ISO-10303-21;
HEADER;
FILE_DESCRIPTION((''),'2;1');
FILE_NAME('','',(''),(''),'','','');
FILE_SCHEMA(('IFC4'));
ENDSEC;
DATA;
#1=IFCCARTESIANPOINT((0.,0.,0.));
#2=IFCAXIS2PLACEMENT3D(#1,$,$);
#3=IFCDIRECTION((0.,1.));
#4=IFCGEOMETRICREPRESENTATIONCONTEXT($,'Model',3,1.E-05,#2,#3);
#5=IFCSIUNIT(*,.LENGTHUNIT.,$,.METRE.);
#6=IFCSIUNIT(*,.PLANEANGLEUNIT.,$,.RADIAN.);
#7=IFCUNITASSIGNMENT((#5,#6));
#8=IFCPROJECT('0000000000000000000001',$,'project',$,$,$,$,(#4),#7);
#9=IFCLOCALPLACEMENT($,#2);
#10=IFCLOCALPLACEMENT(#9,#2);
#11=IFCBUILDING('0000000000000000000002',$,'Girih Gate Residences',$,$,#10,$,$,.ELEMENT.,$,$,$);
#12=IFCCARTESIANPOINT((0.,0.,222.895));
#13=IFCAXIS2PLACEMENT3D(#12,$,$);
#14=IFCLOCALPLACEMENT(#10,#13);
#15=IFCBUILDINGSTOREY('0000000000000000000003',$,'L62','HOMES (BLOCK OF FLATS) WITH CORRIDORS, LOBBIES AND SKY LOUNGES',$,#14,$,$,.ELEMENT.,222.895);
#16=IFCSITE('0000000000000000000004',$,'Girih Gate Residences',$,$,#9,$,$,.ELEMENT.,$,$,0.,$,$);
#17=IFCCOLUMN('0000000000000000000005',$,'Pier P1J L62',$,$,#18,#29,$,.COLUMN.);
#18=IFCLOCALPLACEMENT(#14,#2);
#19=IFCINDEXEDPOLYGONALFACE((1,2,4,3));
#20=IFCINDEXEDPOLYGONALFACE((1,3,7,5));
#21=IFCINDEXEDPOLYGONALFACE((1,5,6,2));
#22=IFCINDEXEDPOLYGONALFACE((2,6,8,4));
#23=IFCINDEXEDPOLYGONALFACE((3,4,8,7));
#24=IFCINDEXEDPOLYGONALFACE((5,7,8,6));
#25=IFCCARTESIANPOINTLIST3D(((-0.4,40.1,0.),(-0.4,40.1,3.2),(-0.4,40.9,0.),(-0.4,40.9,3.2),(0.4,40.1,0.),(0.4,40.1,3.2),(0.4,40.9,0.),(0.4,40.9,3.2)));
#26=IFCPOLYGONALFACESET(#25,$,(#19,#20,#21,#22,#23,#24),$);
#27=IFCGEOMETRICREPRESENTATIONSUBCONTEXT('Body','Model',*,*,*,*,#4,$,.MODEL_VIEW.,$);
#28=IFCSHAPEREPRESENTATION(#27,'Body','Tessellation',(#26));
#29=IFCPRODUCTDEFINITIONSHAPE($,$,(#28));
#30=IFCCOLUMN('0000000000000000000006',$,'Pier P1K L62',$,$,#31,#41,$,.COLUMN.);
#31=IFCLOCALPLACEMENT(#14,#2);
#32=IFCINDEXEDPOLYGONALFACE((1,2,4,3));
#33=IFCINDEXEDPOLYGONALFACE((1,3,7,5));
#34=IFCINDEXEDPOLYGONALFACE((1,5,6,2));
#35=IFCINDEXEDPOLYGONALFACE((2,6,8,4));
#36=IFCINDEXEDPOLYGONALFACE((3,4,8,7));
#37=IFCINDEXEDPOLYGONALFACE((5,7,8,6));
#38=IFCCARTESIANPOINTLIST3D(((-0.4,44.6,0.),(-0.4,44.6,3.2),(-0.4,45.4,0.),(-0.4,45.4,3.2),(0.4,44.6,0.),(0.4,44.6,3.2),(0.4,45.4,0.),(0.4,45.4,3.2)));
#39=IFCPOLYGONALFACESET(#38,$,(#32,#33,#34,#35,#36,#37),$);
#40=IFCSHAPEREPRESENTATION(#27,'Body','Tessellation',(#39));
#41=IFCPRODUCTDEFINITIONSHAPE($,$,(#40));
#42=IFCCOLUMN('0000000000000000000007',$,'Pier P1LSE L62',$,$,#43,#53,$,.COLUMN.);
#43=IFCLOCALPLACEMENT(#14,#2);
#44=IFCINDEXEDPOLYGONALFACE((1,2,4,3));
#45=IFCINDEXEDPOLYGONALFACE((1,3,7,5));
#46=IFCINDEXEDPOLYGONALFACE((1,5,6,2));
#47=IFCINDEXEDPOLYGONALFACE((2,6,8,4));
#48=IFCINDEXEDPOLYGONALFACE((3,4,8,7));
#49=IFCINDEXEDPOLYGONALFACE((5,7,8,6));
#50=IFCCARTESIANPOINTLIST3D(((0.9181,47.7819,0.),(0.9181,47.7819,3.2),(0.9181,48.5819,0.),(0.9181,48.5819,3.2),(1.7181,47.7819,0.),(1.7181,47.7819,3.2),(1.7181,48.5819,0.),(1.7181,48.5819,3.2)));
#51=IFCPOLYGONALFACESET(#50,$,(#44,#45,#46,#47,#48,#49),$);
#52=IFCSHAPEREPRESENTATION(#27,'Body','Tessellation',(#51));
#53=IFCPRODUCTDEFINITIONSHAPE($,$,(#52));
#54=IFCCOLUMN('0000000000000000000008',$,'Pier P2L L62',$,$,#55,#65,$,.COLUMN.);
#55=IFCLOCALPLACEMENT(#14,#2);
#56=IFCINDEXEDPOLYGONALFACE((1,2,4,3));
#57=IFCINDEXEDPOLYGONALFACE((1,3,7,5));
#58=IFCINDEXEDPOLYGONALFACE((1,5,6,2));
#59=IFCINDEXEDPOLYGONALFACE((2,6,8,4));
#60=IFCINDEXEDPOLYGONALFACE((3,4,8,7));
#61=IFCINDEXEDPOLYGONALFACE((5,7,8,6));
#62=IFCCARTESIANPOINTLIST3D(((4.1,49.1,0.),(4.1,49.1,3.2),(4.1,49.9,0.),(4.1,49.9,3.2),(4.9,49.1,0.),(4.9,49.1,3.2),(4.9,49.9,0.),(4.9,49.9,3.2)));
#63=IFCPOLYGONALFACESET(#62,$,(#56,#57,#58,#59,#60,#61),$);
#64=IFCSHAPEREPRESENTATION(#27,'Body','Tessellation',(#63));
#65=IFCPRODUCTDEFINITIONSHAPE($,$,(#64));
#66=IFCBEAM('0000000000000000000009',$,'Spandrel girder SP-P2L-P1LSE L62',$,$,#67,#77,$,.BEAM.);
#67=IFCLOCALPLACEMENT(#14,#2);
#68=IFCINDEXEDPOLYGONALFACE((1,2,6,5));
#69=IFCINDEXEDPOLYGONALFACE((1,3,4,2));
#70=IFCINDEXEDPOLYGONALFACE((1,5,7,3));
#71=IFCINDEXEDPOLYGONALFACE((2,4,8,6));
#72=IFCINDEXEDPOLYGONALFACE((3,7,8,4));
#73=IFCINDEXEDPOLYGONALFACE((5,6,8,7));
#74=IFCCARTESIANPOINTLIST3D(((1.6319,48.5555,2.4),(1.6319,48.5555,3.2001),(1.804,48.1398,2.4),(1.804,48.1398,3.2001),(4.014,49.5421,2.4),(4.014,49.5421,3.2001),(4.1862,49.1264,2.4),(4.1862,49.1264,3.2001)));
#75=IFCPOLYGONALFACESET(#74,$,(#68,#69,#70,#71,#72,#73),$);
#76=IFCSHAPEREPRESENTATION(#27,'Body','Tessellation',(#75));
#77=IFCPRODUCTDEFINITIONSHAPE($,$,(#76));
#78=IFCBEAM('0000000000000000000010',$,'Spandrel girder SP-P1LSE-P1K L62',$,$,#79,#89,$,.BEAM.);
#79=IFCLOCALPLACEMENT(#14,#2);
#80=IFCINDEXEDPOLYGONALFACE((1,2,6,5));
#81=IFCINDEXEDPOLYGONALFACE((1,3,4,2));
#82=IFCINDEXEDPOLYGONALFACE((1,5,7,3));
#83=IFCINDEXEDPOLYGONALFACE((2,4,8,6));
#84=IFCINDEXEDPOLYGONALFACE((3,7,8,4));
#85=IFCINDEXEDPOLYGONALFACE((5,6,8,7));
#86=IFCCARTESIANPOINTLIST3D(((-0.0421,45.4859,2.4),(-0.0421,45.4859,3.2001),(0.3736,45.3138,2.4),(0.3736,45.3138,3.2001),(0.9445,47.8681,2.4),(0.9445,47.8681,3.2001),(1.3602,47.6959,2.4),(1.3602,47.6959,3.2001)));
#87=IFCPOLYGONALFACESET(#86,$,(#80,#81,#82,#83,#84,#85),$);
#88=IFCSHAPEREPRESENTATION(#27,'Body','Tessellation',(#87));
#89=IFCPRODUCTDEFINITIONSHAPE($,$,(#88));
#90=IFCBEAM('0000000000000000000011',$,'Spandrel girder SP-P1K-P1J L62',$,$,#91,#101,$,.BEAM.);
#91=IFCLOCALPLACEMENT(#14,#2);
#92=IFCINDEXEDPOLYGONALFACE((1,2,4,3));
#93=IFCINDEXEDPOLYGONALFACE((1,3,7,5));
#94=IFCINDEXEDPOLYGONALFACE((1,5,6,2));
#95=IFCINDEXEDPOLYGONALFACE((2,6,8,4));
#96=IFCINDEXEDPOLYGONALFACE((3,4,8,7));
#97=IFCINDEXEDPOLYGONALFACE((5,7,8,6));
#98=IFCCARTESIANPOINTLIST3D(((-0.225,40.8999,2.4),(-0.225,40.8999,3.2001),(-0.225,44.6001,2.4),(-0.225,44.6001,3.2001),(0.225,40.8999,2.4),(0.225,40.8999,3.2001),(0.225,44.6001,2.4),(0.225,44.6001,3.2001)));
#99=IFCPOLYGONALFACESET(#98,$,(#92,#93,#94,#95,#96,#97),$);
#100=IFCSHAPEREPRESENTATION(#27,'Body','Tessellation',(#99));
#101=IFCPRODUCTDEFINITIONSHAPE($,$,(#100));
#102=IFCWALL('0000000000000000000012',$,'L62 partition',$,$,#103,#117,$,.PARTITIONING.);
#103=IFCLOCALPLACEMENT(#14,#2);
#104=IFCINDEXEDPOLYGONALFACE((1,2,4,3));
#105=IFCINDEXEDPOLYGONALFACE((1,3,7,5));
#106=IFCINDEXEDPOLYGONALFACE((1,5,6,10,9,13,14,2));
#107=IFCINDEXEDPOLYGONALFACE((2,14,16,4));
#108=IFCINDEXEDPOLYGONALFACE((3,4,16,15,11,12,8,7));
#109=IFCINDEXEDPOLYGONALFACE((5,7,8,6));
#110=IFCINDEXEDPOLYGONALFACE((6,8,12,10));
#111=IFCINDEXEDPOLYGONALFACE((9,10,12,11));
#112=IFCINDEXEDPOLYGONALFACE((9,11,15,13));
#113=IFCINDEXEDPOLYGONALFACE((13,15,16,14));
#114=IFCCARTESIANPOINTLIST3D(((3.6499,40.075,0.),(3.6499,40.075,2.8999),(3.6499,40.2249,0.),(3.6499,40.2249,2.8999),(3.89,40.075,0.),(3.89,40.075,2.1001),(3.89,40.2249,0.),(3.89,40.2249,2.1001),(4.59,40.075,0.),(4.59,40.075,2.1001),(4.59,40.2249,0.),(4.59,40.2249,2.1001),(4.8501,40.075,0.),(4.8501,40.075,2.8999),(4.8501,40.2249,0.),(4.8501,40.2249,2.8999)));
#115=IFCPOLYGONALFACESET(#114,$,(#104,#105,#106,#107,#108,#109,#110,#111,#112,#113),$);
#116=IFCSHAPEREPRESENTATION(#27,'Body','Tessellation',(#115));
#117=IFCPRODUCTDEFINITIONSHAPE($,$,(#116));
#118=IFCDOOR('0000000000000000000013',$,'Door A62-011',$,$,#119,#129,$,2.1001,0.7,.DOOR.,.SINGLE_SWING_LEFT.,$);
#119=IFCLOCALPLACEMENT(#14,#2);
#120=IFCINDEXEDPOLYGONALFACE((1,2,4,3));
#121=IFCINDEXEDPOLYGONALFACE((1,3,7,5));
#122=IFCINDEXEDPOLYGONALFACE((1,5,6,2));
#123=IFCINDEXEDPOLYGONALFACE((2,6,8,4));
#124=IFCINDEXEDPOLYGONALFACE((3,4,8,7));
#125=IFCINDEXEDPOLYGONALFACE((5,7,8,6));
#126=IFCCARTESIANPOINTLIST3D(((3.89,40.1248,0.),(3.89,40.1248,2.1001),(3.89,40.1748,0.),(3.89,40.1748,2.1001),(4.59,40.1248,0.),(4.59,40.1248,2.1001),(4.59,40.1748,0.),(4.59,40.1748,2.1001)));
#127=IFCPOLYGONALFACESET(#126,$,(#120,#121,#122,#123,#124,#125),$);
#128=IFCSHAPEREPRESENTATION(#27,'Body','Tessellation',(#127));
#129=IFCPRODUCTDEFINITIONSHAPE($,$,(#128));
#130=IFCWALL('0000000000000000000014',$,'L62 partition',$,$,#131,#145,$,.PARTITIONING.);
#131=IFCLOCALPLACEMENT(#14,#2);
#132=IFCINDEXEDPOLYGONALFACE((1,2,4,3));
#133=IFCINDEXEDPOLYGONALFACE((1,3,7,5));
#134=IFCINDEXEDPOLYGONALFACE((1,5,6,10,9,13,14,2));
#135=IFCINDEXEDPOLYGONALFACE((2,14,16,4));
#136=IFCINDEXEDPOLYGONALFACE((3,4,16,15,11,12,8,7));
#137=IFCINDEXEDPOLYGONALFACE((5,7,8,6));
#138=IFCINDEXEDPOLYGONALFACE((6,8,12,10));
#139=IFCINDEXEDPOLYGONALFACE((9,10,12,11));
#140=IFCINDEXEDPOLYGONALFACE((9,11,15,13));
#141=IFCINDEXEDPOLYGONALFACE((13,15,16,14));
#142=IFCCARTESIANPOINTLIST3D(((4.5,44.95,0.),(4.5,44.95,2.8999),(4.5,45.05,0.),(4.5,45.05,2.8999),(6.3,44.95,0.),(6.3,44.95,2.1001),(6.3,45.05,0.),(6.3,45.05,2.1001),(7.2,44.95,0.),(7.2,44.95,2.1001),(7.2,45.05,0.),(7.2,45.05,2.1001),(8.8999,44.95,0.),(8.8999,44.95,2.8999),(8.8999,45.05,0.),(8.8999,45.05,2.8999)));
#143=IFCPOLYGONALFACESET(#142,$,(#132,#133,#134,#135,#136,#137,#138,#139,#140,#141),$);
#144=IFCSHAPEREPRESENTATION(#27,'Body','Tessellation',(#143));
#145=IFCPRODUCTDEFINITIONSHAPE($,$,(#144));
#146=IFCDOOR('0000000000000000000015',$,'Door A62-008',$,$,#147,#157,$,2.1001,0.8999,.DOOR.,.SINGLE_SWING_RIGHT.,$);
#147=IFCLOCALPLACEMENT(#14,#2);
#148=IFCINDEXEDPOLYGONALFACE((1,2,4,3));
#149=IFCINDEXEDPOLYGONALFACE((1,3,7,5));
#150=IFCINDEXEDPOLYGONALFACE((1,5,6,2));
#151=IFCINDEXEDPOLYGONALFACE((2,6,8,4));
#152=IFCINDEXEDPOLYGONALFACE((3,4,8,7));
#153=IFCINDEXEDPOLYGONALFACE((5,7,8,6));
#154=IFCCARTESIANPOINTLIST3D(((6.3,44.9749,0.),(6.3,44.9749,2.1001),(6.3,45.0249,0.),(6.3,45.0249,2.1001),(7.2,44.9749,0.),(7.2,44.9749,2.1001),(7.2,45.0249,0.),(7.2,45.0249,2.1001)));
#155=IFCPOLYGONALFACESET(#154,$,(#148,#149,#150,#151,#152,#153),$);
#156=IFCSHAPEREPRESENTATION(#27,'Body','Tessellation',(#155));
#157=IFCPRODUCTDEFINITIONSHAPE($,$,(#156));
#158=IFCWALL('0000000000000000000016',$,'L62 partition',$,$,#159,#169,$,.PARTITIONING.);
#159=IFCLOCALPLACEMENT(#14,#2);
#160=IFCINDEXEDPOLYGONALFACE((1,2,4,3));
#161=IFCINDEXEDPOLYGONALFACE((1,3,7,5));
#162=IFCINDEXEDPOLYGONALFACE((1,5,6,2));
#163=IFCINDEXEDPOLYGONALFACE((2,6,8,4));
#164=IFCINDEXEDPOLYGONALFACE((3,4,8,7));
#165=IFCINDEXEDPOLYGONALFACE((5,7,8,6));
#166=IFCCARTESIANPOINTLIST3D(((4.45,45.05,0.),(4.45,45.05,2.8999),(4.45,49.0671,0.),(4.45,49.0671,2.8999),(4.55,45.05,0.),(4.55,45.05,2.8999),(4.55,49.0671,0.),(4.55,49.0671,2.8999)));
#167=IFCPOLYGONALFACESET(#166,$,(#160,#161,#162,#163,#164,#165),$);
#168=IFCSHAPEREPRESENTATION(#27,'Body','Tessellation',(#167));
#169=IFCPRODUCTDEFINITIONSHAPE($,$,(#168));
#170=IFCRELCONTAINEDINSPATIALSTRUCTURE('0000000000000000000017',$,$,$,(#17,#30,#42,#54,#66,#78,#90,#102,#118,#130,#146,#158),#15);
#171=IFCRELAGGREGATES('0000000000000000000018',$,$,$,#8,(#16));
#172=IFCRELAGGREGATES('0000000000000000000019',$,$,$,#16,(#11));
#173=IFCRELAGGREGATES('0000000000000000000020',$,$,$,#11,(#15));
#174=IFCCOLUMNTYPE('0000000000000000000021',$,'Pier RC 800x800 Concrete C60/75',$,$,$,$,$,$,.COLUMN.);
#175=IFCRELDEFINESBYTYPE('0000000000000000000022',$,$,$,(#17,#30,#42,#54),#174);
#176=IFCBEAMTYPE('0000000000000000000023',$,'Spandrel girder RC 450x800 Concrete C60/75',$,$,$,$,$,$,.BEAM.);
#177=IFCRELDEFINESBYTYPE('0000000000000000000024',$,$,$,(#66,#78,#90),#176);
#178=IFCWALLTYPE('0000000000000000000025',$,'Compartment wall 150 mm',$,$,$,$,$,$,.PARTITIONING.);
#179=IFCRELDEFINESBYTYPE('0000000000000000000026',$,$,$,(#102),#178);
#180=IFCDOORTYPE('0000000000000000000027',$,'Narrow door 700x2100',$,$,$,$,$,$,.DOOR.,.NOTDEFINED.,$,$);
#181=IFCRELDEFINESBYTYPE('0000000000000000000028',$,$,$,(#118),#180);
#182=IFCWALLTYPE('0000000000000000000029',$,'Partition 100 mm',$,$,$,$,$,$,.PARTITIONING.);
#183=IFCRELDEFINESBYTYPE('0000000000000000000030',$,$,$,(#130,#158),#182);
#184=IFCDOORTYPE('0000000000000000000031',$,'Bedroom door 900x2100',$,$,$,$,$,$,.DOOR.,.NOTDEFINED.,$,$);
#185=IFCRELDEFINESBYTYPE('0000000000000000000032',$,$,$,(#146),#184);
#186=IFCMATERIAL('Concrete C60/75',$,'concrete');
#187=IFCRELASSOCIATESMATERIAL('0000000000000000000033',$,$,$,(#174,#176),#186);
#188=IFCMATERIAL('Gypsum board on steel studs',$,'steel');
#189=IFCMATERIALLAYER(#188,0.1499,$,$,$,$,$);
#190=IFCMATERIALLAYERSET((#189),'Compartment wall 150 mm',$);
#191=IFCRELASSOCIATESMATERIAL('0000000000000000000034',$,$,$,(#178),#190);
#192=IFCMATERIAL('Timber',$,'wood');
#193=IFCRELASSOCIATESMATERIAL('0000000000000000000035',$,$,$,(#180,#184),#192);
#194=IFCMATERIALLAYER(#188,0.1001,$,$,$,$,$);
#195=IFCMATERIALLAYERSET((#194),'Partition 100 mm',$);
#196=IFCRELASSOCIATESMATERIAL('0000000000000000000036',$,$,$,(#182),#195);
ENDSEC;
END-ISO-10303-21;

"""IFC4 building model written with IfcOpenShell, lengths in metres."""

from ifc_helpers import new_model, si_unit, direction, frame, frame_2d, origin, origin_2d, place, context, subcontext, project, spatial, rectangle, extrude, material, layer, layer_set, material_profile, profile_set, type_object, element, fill, save


model = new_model("IFC4")

# Units and contexts
model_context = context("Model", 3, precision=1e-05, world=origin(), true_north=direction((0.0, 1.0)))
body_context = subcontext(model_context, "Body", "Model", "MODEL_VIEW")
ifc_project = project(units=[si_unit("LENGTHUNIT", "METRE"), si_unit("PLANEANGLEUNIT", "RADIAN")], contexts=[model_context])

# Site, building, storey
site_placement = place(None, origin())
site = spatial("IfcSite", under=ifc_project, at=site_placement, Name="Girih Gate Residences", CompositionType="ELEMENT", RefElevation=0.0)
building_placement = place(site_placement, origin())
building = spatial("IfcBuilding", under=site, at=building_placement, Name="Girih Gate Residences", CompositionType="ELEMENT")
storey_placement = place(building_placement, frame((0.0, 0.0, 222.895)))
storey = spatial("IfcBuildingStorey", under=building, at=storey_placement, Name="L62", Description="HOMES (BLOCK OF FLATS) WITH CORRIDORS, LOBBIES AND SKY LOUNGES", CompositionType="ELEMENT", Elevation=222.895)

# Columns
ifc_material_1 = material(Name="Concrete C60/75", Category="concrete")
ifc_material_profile_1 = material_profile(ifc_material_1, rectangle(XDim=0.8, YDim=0.8, at=origin_2d()))
ifc_profile_set_1 = profile_set([ifc_material_profile_1], Name="Concrete C60/75")
column_type = type_object("IfcColumnType", Name="Pier RC 800x800 Concrete C60/75", PredefinedType="COLUMN", material=ifc_profile_set_1)
for number, where, z_axis, x_axis, name in (
    (1, (0.0, 40.5, 0.0), (0.0, 0.0, 1.0), (1.0, 0.0, 0.0), "Pier P1J L62"),
    (2, (0.0, 45.0, 0.0), (0.0, 0.0, 1.0), (1.0, 0.0, 0.0), "Pier P1K L62"),
    (3, (1.3181, 48.1819, 0.0), (0.0, 0.0, 1.0), (1.0, 0.0, 0.0), "Pier P1LSE L62"),
    (4, (4.5, 49.5, 0.0), (0.0, 0.0, 1.0), (1.0, 0.0, 0.0), "Pier P2L L62"),
):
    element("IfcColumn", number, at=place(storey_placement, frame(where, z_axis=z_axis, x_axis=x_axis)), inside=storey, type_object=column_type, Name=name, PredefinedType="COLUMN", context=body_context, shape_type="SweptSolid", body=[
        extrude(rectangle(XDim=0.8, YDim=0.8, at=origin_2d()), origin(), (0.0, 0.0, 1.0), 3.2),
    ])

# Beams
ifc_material_profile_2 = material_profile(ifc_material_1, rectangle(XDim=0.45, YDim=0.8, at=origin_2d()))
ifc_profile_set_2 = profile_set([ifc_material_profile_2], Name="Concrete C60/75")
beam_type = type_object("IfcBeamType", Name="Spandrel girder RC 450x800 Concrete C60/75", PredefinedType="BEAM", material=ifc_profile_set_2)
for number, where, z_axis, x_axis, name in (
    (5, (4.1001, 49.3342, 2.8), (-0.923896, -0.382644, 0.0), (0.382644, -0.923896, 0.0), "Spandrel girder SP-P2L-P1LSE L62"),
    (6, (1.1523, 47.782, 2.8), (-0.382644, -0.923896, 0.0), (0.923896, -0.382644, 0.0), "Spandrel girder SP-P1LSE-P1K L62"),
):
    element("IfcBeam", number, at=place(storey_placement, frame(where, z_axis=z_axis, x_axis=x_axis)), inside=storey, type_object=beam_type, Name=name, PredefinedType="BEAM", context=body_context, shape_type="SweptSolid", body=[
        extrude(rectangle(XDim=0.45, YDim=0.8, at=origin_2d()), origin(), (0.0, 0.0, 1.0), 2.5784),
    ])
beam_placement = place(storey_placement, frame((0.0, 44.6001, 2.8), z_axis=(0.0, -1.0, 0.0), x_axis=(1.0, 0.0, 0.0)))
element("IfcBeam", 7, at=beam_placement, inside=storey, type_object=beam_type, Name="Spandrel girder SP-P1K-P1J L62", PredefinedType="BEAM", context=body_context, shape_type="SweptSolid", body=[
    extrude(rectangle(XDim=0.45, YDim=0.8, at=origin_2d()), origin(), (0.0, 0.0, 1.0), 3.7002),
])

# Walls, openings, doors
ifc_material_2 = material(Name="Gypsum board on steel studs", Category="steel")
ifc_layer_1 = layer(ifc_material_2, 0.1499)
ifc_layer_set_1 = layer_set([ifc_layer_1], Name="Compartment wall 150 mm")
wall_type_1 = type_object("IfcWallType", Name="Compartment wall 150 mm", PredefinedType="PARTITIONING", material=ifc_layer_set_1)
wall_1_placement = place(storey_placement, frame((3.6499, 40.1499, 0.0), z_axis=(0.0, 0.0, 1.0), x_axis=(1.0, 0.0, 0.0)))
wall_1 = element("IfcWall", 8, at=wall_1_placement, inside=storey, type_object=wall_type_1, Name="L62 partition", PredefinedType="PARTITIONING", context=body_context, shape_type="SweptSolid", body=[
    extrude(rectangle(XDim=1.2002, YDim=0.1499, at=frame_2d((0.6001, 0.0))), origin(), (0.0, 0.0, 1.0), 2.8999),
])
opening_1_placement = place(wall_1_placement, frame((0.24, 0.0, 0.0)))
opening_1 = element("IfcOpeningElement", 9, at=opening_1_placement, cuts=wall_1, PredefinedType="OPENING", context=body_context, shape_type="SweptSolid", body=[
    extrude(rectangle(XDim=0.7, YDim=2.1001, at=frame_2d((0.3501, 1.05))), frame((0.0, 0.085, 0.0), z_axis=(0.0, -1.0, 0.0), x_axis=(1.0, 0.0, 0.0)), (0.0, 0.0, 1.0), 0.1699),
])
ifc_material_3 = material(Name="Timber", Category="wood")
door_type_1 = type_object("IfcDoorType", Name="Narrow door 700x2100", OperationType="NOTDEFINED", PredefinedType="DOOR", material=ifc_material_3)
door_1_placement = place(opening_1_placement, origin())
door_1 = element("IfcDoor", 10, at=door_1_placement, inside=storey, type_object=door_type_1, Name="Door A62-011", OperationType="SINGLE_SWING_LEFT", OverallHeight=2.1001, OverallWidth=0.7, PredefinedType="DOOR", context=body_context, shape_type="SweptSolid", body=[
    extrude(rectangle(XDim=0.7, YDim=2.1001, at=frame_2d((0.3501, 1.05))), frame((0.0, 0.0249, 0.0), z_axis=(0.0, -1.0, 0.0), x_axis=(1.0, 0.0, 0.0)), (0.0, 0.0, 1.0), 0.05),
])
fill(opening_1, door_1)
ifc_layer_2 = layer(ifc_material_2, 0.1001)
ifc_layer_set_2 = layer_set([ifc_layer_2], Name="Partition 100 mm")
wall_type_2 = type_object("IfcWallType", Name="Partition 100 mm", PredefinedType="PARTITIONING", material=ifc_layer_set_2)
wall_2_placement = place(storey_placement, frame((4.5, 45.0, 0.0), z_axis=(0.0, 0.0, 1.0), x_axis=(1.0, 0.0, 0.0)))
wall_2 = element("IfcWall", 11, at=wall_2_placement, inside=storey, type_object=wall_type_2, Name="L62 partition", PredefinedType="PARTITIONING", context=body_context, shape_type="SweptSolid", body=[
    extrude(rectangle(XDim=4.3999, YDim=0.1001, at=frame_2d((2.2, 0.0))), origin(), (0.0, 0.0, 1.0), 2.8999),
])
opening_2_placement = place(wall_2_placement, frame((1.8, 0.0, 0.0)))
opening_2 = element("IfcOpeningElement", 12, at=opening_2_placement, cuts=wall_2, PredefinedType="OPENING", context=body_context, shape_type="SweptSolid", body=[
    extrude(rectangle(XDim=0.8999, YDim=2.1001, at=frame_2d((0.45, 1.05))), frame((0.0, 0.0601, 0.0), z_axis=(0.0, -1.0, 0.0), x_axis=(1.0, 0.0, 0.0)), (0.0, 0.0, 1.0), 0.1201),
])
door_type_2 = type_object("IfcDoorType", Name="Bedroom door 900x2100", OperationType="NOTDEFINED", PredefinedType="DOOR", material=ifc_material_3)
door_2_placement = place(opening_2_placement, origin())
door_2 = element("IfcDoor", 13, at=door_2_placement, inside=storey, type_object=door_type_2, Name="Door A62-008", OperationType="SINGLE_SWING_RIGHT", OverallHeight=2.1001, OverallWidth=0.8999, PredefinedType="DOOR", context=body_context, shape_type="SweptSolid", body=[
    extrude(rectangle(XDim=0.8999, YDim=2.1001, at=frame_2d((0.45, 1.05))), frame((0.0, 0.0249, 0.0), z_axis=(0.0, -1.0, 0.0), x_axis=(1.0, 0.0, 0.0)), (0.0, 0.0, 1.0), 0.05),
])
fill(opening_2, door_2)

# Wall
wall_3_placement = place(storey_placement, frame((4.5, 45.05, 0.0), z_axis=(0.0, 0.0, 1.0), x_axis=(0.0, 1.0, 0.0)))
element("IfcWall", 14, at=wall_3_placement, inside=storey, type_object=wall_type_2, Name="L62 partition", PredefinedType="PARTITIONING", context=body_context, shape_type="SweptSolid", body=[
    extrude(rectangle(XDim=4.0171, YDim=0.1001, at=frame_2d((2.0085, 0.0))), origin(), (0.0, 0.0, 1.0), 2.8999),
])

save(model, "model.ifc")
